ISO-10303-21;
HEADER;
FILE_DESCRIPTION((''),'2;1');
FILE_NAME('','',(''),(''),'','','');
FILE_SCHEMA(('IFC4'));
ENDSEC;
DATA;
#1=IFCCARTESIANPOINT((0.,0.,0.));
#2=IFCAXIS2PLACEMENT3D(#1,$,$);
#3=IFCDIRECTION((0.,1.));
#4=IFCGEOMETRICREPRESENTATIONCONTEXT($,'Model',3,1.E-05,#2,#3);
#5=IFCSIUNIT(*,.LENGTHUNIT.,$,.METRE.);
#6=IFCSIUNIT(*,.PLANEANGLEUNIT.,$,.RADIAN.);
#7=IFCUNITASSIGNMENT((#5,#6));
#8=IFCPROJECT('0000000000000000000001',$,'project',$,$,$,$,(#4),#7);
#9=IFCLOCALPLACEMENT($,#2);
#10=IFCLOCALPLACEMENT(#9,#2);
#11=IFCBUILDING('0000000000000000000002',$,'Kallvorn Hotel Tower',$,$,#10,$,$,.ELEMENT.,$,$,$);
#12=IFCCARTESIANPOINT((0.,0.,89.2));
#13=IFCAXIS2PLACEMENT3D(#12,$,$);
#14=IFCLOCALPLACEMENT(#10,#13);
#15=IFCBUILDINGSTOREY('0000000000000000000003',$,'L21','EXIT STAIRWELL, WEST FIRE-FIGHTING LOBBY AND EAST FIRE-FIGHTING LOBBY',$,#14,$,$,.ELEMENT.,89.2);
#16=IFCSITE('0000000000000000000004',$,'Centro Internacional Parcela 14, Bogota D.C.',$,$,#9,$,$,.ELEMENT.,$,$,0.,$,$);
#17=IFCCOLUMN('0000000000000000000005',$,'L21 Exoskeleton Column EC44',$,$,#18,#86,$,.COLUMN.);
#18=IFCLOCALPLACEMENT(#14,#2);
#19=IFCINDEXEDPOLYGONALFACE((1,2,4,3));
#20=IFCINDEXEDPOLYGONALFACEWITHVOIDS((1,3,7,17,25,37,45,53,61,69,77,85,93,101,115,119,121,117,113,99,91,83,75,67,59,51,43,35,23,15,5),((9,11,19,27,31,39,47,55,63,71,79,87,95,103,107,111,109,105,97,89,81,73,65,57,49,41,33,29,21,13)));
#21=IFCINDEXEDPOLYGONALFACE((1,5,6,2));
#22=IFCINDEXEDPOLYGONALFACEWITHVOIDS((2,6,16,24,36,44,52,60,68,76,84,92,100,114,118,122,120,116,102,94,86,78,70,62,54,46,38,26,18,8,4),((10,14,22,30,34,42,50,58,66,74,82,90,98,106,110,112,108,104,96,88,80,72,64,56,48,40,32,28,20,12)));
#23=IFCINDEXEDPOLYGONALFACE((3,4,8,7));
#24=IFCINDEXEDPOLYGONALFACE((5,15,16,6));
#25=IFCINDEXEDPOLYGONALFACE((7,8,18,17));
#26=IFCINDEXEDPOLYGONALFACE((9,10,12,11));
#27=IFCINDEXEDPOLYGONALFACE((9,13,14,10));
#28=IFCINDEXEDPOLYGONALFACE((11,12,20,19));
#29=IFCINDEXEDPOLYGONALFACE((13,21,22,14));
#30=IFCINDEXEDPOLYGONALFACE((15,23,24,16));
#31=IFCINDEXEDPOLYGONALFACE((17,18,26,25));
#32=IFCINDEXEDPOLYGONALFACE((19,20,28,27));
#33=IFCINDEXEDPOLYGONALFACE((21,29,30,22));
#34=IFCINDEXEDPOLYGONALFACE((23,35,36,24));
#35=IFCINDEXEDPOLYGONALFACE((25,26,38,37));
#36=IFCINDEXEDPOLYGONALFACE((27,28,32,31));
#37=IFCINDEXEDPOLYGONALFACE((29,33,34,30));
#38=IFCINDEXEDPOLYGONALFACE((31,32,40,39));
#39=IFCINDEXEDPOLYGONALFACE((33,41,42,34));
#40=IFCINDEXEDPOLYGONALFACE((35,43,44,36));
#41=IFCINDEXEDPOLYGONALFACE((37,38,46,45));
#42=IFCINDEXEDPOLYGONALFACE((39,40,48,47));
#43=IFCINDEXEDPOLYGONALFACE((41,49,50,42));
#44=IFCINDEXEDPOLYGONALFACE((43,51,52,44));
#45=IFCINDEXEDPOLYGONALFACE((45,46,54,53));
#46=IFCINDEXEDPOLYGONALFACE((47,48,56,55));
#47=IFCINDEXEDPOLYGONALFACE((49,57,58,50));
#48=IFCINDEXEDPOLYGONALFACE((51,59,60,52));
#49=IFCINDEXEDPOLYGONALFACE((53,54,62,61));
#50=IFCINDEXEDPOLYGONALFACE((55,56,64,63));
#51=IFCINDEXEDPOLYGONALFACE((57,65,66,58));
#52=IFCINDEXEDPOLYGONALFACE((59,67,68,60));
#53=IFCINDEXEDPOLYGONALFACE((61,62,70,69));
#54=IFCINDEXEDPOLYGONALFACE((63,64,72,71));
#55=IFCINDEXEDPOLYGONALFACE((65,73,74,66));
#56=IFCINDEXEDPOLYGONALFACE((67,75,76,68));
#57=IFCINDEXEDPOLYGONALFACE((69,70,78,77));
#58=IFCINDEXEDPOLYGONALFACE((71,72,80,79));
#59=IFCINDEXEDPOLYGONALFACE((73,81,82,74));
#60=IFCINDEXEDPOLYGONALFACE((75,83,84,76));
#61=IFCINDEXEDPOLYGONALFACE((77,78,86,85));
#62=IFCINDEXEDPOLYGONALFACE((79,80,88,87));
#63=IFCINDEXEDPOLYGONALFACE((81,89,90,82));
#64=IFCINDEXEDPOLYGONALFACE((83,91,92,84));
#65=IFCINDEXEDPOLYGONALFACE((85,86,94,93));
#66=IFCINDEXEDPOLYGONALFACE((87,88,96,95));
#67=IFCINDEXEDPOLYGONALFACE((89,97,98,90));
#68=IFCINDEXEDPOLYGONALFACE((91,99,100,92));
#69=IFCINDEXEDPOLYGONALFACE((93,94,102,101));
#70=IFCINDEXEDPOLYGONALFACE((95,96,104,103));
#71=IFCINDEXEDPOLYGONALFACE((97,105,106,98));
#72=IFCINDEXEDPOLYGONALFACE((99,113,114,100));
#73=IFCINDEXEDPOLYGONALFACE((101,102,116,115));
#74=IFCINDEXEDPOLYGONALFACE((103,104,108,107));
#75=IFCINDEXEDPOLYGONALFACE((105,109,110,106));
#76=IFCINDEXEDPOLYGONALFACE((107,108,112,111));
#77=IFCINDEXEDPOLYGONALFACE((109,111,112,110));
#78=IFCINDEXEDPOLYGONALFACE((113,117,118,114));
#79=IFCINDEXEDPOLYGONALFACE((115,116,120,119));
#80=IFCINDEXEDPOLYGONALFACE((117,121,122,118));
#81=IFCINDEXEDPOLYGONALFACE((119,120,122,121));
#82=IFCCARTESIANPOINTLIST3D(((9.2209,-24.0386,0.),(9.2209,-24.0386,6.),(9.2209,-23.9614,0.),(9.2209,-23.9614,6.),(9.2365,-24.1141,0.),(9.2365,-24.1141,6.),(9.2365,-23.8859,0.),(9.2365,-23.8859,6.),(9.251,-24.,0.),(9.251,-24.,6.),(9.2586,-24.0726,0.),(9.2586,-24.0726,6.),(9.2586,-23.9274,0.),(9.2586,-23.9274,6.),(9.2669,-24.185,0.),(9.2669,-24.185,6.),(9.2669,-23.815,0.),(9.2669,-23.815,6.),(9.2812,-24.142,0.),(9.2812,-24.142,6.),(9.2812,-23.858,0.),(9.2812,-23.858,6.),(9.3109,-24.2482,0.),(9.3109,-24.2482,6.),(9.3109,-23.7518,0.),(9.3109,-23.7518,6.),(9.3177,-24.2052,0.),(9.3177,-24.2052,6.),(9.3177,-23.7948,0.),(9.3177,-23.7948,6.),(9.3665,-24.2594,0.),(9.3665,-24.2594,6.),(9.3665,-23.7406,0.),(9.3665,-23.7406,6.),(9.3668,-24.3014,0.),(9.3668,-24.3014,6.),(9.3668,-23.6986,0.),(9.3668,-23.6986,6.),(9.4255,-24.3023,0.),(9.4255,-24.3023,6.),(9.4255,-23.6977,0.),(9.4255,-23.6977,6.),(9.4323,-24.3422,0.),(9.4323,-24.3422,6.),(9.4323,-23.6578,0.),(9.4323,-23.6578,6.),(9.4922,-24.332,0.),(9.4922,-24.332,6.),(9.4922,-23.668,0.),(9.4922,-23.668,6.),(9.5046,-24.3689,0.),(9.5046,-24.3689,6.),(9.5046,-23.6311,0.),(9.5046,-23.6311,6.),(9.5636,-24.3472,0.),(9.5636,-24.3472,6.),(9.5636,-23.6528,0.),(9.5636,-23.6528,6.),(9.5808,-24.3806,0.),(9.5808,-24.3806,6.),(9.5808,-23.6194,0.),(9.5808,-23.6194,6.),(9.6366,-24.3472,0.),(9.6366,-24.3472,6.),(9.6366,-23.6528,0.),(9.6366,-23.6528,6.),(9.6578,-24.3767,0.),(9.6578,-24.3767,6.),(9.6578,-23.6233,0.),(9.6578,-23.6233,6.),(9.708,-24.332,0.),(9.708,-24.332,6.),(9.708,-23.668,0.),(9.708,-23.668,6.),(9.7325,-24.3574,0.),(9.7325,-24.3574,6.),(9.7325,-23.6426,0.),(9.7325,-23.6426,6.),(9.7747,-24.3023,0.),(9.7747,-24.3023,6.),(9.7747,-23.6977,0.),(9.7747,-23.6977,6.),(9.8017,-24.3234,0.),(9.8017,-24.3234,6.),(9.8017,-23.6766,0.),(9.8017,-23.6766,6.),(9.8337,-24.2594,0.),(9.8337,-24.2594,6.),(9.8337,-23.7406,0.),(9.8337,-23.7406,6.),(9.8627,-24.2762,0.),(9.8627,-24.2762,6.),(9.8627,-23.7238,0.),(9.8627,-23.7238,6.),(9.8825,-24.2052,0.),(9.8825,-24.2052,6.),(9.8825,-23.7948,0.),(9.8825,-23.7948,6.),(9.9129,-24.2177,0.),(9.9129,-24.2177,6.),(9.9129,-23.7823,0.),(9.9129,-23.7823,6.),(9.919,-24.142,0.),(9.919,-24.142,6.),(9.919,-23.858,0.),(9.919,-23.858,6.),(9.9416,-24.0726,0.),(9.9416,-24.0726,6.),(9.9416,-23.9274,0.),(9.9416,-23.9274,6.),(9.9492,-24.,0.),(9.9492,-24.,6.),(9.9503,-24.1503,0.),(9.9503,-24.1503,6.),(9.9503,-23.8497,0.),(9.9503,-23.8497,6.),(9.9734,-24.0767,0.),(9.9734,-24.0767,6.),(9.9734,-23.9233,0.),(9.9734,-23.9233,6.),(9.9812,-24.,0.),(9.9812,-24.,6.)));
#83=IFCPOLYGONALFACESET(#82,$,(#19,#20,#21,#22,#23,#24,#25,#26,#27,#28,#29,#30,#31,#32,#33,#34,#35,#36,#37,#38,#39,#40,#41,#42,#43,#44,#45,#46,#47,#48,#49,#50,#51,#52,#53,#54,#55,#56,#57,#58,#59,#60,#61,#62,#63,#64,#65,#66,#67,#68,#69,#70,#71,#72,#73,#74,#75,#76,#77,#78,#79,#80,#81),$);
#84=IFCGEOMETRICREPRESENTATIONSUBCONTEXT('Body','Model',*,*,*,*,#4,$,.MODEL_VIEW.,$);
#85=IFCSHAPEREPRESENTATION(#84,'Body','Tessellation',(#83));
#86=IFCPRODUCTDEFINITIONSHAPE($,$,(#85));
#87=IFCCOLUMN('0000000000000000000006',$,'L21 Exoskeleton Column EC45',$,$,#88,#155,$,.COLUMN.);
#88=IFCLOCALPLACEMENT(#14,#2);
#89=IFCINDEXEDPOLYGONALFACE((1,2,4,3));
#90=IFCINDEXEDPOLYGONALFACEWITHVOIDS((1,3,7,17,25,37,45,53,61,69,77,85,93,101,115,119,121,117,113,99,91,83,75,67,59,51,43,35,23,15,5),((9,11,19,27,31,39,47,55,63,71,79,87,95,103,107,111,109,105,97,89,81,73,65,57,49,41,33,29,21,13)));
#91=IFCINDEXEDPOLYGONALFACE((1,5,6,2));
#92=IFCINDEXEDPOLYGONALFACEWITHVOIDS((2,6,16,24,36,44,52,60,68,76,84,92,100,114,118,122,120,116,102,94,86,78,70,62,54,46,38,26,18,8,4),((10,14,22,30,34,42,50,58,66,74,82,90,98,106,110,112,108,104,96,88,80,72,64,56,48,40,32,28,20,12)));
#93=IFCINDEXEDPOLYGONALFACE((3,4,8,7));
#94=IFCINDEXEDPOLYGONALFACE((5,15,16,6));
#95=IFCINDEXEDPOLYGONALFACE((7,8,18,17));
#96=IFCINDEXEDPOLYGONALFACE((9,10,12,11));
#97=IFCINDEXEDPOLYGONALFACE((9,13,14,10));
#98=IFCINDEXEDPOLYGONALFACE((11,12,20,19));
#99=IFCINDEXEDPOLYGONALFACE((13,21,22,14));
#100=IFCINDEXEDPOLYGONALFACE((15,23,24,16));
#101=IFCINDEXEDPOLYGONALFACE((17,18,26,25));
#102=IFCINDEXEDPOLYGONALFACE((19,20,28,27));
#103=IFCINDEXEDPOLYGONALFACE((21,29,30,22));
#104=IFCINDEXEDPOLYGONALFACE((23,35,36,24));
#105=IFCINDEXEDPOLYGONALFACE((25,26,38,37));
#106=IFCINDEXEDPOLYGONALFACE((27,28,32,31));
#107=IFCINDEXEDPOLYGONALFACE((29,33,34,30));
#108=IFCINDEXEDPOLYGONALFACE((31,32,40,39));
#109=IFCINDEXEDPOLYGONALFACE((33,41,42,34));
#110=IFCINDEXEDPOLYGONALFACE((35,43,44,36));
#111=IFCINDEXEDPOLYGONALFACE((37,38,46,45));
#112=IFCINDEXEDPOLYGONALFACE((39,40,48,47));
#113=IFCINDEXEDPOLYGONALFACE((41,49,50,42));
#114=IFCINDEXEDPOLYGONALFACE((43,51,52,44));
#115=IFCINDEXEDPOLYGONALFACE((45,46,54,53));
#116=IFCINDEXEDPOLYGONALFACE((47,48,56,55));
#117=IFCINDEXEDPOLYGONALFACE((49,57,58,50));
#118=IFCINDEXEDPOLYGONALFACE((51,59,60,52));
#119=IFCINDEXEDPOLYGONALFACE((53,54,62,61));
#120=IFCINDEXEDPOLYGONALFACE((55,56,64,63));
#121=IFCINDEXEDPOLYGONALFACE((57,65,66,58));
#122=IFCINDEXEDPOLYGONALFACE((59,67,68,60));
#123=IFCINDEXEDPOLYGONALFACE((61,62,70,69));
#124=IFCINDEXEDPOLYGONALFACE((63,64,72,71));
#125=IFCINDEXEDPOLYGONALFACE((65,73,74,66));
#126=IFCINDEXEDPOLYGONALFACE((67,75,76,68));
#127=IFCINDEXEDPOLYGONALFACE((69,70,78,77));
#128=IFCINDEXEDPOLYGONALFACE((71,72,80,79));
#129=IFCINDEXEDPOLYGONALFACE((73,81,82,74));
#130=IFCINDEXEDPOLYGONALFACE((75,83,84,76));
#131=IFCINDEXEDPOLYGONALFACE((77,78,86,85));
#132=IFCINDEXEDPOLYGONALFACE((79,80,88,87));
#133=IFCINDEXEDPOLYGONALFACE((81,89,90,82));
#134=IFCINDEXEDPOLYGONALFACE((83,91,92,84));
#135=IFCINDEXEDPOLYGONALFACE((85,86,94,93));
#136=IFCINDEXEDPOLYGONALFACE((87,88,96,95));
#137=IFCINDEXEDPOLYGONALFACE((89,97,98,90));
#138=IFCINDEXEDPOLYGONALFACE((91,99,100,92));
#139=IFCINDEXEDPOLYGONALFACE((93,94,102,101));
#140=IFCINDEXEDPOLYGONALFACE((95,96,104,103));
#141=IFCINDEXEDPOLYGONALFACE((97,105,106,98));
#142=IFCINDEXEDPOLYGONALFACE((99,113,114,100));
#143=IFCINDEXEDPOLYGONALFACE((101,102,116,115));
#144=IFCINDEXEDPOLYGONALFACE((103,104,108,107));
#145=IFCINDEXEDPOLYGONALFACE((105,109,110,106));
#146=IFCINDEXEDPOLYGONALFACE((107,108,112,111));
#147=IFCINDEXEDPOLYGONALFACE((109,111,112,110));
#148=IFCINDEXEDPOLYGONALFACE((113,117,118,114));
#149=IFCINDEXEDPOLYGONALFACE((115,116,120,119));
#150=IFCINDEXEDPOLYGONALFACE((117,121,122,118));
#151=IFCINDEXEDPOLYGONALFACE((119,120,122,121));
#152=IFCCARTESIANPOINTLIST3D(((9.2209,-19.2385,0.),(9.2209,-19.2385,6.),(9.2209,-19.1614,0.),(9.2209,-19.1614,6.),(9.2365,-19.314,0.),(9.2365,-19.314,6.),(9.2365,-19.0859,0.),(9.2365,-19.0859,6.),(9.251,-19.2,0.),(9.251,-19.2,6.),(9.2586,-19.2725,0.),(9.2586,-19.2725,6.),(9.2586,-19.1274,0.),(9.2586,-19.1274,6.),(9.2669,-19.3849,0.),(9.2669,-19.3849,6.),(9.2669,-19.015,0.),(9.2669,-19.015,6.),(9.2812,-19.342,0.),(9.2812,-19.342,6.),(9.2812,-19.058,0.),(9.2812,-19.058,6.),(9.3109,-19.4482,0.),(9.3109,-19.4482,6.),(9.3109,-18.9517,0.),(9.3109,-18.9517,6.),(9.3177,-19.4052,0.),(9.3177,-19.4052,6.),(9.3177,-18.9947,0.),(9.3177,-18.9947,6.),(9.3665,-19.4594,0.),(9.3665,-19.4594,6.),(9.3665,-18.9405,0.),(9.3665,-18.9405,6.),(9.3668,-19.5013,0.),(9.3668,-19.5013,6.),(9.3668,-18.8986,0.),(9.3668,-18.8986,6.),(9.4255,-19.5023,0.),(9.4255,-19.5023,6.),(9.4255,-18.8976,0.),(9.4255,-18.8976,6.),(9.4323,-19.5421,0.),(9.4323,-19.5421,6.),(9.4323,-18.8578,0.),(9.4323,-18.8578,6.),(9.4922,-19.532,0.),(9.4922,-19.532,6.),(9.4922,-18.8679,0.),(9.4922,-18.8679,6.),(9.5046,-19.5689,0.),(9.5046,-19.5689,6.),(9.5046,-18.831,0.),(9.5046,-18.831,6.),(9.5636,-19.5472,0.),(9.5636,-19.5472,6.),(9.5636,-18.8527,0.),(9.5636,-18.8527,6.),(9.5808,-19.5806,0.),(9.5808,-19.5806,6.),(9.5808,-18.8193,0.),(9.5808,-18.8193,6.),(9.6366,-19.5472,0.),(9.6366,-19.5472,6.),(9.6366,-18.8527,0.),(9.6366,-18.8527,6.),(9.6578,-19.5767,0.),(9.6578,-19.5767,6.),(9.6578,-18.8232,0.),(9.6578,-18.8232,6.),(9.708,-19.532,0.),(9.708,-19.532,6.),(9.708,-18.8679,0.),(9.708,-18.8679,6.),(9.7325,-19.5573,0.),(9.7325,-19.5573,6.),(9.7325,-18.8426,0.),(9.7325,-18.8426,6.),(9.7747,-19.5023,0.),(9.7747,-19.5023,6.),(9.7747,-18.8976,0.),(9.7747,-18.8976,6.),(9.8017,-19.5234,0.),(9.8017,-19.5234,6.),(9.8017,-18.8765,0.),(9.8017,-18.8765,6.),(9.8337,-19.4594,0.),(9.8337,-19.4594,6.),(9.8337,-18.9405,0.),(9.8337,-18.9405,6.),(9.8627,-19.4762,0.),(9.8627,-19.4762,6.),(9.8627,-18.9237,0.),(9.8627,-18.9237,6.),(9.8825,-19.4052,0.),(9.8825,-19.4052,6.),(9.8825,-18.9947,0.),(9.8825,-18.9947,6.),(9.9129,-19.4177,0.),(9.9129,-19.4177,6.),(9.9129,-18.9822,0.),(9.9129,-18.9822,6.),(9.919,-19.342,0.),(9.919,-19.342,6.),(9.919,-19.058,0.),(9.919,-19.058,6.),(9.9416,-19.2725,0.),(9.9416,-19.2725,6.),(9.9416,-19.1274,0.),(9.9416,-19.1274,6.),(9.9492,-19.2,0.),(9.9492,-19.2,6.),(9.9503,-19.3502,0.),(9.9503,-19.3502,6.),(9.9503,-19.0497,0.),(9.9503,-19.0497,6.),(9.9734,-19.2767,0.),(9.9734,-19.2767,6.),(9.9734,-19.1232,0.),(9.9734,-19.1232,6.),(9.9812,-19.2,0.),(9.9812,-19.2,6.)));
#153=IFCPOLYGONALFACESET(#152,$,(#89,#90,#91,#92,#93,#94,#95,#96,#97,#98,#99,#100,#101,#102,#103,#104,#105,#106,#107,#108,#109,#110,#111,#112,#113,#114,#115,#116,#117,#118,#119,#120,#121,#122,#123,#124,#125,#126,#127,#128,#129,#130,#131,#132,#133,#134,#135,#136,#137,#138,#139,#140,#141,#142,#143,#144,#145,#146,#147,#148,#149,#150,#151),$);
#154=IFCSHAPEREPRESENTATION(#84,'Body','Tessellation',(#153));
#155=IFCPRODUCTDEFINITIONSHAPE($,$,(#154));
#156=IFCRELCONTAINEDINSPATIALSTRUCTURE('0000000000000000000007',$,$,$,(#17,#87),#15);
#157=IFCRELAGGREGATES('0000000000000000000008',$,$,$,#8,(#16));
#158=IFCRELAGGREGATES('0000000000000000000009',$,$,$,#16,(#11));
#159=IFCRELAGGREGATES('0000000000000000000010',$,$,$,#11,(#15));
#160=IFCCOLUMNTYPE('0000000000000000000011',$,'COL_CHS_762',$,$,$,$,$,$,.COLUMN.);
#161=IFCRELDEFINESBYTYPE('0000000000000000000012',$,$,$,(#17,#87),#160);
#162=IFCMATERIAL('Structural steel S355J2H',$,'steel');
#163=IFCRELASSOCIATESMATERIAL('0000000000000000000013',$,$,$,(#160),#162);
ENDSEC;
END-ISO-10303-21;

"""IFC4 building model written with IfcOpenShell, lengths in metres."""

from ifc_helpers import new_model, si_unit, direction, frame, origin, origin_2d, place, context, subcontext, project, spatial, hollow_circle, extrude, material, material_profile, profile_set, type_object, element, save


model = new_model("IFC4")

# Units and contexts
model_context = context("Model", 3, precision=1e-05, world=origin(), true_north=direction((0.0, 1.0)))
body_context = subcontext(model_context, "Body", "Model", "MODEL_VIEW")
ifc_project = project(units=[si_unit("LENGTHUNIT", "METRE"), si_unit("PLANEANGLEUNIT", "RADIAN")], contexts=[model_context])

# Site, building, storey
site_placement = place(None, origin())
site = spatial("IfcSite", under=ifc_project, at=site_placement, Name="Centro Internacional Parcela 14, Bogota D.C.", CompositionType="ELEMENT", RefElevation=0.0)
building_placement = place(site_placement, origin())
building = spatial("IfcBuilding", under=site, at=building_placement, Name="Kallvorn Hotel Tower", CompositionType="ELEMENT")
storey_placement = place(building_placement, frame((0.0, 0.0, 89.2)))
storey = spatial("IfcBuildingStorey", under=building, at=storey_placement, Name="L21", Description="EXIT STAIRWELL, WEST FIRE-FIGHTING LOBBY AND EAST FIRE-FIGHTING LOBBY", CompositionType="ELEMENT", Elevation=89.2)

# Columns
ifc_material_1 = material(Name="Structural steel S355J2H", Category="steel")
ifc_material_profile_1 = material_profile(ifc_material_1, hollow_circle(Radius=0.3811, WallThickness=0.032, at=origin_2d()), Name="CHS 762x32")
ifc_profile_set_1 = profile_set([ifc_material_profile_1], Name="Structural steel S355J2H")
column_type_1 = type_object("IfcColumnType", Name="COL_CHS_762", PredefinedType="COLUMN", material=ifc_profile_set_1)
for number, where, z_axis, x_axis, name in (
    (1, (9.6001, -24.0, 0.0), (0.0, 0.0, 1.0), (1.0, 0.0, 0.0), "L21 Exoskeleton Column EC44"),
    (2, (9.6001, -19.2, 0.0), (0.0, 0.0, 1.0), (1.0, 0.0, 0.0), "L21 Exoskeleton Column EC45"),
):
    element("IfcColumn", number, at=place(storey_placement, frame(where, z_axis=z_axis, x_axis=x_axis)), inside=storey, type_object=column_type_1, Name=name, PredefinedType="COLUMN", context=body_context, shape_type="SweptSolid", body=[
        extrude(hollow_circle(Radius=0.3811, WallThickness=0.032, at=origin_2d()), origin(), (0.0, 0.0, 1.0), 6.0),
    ])

save(model, "model.ifc")
